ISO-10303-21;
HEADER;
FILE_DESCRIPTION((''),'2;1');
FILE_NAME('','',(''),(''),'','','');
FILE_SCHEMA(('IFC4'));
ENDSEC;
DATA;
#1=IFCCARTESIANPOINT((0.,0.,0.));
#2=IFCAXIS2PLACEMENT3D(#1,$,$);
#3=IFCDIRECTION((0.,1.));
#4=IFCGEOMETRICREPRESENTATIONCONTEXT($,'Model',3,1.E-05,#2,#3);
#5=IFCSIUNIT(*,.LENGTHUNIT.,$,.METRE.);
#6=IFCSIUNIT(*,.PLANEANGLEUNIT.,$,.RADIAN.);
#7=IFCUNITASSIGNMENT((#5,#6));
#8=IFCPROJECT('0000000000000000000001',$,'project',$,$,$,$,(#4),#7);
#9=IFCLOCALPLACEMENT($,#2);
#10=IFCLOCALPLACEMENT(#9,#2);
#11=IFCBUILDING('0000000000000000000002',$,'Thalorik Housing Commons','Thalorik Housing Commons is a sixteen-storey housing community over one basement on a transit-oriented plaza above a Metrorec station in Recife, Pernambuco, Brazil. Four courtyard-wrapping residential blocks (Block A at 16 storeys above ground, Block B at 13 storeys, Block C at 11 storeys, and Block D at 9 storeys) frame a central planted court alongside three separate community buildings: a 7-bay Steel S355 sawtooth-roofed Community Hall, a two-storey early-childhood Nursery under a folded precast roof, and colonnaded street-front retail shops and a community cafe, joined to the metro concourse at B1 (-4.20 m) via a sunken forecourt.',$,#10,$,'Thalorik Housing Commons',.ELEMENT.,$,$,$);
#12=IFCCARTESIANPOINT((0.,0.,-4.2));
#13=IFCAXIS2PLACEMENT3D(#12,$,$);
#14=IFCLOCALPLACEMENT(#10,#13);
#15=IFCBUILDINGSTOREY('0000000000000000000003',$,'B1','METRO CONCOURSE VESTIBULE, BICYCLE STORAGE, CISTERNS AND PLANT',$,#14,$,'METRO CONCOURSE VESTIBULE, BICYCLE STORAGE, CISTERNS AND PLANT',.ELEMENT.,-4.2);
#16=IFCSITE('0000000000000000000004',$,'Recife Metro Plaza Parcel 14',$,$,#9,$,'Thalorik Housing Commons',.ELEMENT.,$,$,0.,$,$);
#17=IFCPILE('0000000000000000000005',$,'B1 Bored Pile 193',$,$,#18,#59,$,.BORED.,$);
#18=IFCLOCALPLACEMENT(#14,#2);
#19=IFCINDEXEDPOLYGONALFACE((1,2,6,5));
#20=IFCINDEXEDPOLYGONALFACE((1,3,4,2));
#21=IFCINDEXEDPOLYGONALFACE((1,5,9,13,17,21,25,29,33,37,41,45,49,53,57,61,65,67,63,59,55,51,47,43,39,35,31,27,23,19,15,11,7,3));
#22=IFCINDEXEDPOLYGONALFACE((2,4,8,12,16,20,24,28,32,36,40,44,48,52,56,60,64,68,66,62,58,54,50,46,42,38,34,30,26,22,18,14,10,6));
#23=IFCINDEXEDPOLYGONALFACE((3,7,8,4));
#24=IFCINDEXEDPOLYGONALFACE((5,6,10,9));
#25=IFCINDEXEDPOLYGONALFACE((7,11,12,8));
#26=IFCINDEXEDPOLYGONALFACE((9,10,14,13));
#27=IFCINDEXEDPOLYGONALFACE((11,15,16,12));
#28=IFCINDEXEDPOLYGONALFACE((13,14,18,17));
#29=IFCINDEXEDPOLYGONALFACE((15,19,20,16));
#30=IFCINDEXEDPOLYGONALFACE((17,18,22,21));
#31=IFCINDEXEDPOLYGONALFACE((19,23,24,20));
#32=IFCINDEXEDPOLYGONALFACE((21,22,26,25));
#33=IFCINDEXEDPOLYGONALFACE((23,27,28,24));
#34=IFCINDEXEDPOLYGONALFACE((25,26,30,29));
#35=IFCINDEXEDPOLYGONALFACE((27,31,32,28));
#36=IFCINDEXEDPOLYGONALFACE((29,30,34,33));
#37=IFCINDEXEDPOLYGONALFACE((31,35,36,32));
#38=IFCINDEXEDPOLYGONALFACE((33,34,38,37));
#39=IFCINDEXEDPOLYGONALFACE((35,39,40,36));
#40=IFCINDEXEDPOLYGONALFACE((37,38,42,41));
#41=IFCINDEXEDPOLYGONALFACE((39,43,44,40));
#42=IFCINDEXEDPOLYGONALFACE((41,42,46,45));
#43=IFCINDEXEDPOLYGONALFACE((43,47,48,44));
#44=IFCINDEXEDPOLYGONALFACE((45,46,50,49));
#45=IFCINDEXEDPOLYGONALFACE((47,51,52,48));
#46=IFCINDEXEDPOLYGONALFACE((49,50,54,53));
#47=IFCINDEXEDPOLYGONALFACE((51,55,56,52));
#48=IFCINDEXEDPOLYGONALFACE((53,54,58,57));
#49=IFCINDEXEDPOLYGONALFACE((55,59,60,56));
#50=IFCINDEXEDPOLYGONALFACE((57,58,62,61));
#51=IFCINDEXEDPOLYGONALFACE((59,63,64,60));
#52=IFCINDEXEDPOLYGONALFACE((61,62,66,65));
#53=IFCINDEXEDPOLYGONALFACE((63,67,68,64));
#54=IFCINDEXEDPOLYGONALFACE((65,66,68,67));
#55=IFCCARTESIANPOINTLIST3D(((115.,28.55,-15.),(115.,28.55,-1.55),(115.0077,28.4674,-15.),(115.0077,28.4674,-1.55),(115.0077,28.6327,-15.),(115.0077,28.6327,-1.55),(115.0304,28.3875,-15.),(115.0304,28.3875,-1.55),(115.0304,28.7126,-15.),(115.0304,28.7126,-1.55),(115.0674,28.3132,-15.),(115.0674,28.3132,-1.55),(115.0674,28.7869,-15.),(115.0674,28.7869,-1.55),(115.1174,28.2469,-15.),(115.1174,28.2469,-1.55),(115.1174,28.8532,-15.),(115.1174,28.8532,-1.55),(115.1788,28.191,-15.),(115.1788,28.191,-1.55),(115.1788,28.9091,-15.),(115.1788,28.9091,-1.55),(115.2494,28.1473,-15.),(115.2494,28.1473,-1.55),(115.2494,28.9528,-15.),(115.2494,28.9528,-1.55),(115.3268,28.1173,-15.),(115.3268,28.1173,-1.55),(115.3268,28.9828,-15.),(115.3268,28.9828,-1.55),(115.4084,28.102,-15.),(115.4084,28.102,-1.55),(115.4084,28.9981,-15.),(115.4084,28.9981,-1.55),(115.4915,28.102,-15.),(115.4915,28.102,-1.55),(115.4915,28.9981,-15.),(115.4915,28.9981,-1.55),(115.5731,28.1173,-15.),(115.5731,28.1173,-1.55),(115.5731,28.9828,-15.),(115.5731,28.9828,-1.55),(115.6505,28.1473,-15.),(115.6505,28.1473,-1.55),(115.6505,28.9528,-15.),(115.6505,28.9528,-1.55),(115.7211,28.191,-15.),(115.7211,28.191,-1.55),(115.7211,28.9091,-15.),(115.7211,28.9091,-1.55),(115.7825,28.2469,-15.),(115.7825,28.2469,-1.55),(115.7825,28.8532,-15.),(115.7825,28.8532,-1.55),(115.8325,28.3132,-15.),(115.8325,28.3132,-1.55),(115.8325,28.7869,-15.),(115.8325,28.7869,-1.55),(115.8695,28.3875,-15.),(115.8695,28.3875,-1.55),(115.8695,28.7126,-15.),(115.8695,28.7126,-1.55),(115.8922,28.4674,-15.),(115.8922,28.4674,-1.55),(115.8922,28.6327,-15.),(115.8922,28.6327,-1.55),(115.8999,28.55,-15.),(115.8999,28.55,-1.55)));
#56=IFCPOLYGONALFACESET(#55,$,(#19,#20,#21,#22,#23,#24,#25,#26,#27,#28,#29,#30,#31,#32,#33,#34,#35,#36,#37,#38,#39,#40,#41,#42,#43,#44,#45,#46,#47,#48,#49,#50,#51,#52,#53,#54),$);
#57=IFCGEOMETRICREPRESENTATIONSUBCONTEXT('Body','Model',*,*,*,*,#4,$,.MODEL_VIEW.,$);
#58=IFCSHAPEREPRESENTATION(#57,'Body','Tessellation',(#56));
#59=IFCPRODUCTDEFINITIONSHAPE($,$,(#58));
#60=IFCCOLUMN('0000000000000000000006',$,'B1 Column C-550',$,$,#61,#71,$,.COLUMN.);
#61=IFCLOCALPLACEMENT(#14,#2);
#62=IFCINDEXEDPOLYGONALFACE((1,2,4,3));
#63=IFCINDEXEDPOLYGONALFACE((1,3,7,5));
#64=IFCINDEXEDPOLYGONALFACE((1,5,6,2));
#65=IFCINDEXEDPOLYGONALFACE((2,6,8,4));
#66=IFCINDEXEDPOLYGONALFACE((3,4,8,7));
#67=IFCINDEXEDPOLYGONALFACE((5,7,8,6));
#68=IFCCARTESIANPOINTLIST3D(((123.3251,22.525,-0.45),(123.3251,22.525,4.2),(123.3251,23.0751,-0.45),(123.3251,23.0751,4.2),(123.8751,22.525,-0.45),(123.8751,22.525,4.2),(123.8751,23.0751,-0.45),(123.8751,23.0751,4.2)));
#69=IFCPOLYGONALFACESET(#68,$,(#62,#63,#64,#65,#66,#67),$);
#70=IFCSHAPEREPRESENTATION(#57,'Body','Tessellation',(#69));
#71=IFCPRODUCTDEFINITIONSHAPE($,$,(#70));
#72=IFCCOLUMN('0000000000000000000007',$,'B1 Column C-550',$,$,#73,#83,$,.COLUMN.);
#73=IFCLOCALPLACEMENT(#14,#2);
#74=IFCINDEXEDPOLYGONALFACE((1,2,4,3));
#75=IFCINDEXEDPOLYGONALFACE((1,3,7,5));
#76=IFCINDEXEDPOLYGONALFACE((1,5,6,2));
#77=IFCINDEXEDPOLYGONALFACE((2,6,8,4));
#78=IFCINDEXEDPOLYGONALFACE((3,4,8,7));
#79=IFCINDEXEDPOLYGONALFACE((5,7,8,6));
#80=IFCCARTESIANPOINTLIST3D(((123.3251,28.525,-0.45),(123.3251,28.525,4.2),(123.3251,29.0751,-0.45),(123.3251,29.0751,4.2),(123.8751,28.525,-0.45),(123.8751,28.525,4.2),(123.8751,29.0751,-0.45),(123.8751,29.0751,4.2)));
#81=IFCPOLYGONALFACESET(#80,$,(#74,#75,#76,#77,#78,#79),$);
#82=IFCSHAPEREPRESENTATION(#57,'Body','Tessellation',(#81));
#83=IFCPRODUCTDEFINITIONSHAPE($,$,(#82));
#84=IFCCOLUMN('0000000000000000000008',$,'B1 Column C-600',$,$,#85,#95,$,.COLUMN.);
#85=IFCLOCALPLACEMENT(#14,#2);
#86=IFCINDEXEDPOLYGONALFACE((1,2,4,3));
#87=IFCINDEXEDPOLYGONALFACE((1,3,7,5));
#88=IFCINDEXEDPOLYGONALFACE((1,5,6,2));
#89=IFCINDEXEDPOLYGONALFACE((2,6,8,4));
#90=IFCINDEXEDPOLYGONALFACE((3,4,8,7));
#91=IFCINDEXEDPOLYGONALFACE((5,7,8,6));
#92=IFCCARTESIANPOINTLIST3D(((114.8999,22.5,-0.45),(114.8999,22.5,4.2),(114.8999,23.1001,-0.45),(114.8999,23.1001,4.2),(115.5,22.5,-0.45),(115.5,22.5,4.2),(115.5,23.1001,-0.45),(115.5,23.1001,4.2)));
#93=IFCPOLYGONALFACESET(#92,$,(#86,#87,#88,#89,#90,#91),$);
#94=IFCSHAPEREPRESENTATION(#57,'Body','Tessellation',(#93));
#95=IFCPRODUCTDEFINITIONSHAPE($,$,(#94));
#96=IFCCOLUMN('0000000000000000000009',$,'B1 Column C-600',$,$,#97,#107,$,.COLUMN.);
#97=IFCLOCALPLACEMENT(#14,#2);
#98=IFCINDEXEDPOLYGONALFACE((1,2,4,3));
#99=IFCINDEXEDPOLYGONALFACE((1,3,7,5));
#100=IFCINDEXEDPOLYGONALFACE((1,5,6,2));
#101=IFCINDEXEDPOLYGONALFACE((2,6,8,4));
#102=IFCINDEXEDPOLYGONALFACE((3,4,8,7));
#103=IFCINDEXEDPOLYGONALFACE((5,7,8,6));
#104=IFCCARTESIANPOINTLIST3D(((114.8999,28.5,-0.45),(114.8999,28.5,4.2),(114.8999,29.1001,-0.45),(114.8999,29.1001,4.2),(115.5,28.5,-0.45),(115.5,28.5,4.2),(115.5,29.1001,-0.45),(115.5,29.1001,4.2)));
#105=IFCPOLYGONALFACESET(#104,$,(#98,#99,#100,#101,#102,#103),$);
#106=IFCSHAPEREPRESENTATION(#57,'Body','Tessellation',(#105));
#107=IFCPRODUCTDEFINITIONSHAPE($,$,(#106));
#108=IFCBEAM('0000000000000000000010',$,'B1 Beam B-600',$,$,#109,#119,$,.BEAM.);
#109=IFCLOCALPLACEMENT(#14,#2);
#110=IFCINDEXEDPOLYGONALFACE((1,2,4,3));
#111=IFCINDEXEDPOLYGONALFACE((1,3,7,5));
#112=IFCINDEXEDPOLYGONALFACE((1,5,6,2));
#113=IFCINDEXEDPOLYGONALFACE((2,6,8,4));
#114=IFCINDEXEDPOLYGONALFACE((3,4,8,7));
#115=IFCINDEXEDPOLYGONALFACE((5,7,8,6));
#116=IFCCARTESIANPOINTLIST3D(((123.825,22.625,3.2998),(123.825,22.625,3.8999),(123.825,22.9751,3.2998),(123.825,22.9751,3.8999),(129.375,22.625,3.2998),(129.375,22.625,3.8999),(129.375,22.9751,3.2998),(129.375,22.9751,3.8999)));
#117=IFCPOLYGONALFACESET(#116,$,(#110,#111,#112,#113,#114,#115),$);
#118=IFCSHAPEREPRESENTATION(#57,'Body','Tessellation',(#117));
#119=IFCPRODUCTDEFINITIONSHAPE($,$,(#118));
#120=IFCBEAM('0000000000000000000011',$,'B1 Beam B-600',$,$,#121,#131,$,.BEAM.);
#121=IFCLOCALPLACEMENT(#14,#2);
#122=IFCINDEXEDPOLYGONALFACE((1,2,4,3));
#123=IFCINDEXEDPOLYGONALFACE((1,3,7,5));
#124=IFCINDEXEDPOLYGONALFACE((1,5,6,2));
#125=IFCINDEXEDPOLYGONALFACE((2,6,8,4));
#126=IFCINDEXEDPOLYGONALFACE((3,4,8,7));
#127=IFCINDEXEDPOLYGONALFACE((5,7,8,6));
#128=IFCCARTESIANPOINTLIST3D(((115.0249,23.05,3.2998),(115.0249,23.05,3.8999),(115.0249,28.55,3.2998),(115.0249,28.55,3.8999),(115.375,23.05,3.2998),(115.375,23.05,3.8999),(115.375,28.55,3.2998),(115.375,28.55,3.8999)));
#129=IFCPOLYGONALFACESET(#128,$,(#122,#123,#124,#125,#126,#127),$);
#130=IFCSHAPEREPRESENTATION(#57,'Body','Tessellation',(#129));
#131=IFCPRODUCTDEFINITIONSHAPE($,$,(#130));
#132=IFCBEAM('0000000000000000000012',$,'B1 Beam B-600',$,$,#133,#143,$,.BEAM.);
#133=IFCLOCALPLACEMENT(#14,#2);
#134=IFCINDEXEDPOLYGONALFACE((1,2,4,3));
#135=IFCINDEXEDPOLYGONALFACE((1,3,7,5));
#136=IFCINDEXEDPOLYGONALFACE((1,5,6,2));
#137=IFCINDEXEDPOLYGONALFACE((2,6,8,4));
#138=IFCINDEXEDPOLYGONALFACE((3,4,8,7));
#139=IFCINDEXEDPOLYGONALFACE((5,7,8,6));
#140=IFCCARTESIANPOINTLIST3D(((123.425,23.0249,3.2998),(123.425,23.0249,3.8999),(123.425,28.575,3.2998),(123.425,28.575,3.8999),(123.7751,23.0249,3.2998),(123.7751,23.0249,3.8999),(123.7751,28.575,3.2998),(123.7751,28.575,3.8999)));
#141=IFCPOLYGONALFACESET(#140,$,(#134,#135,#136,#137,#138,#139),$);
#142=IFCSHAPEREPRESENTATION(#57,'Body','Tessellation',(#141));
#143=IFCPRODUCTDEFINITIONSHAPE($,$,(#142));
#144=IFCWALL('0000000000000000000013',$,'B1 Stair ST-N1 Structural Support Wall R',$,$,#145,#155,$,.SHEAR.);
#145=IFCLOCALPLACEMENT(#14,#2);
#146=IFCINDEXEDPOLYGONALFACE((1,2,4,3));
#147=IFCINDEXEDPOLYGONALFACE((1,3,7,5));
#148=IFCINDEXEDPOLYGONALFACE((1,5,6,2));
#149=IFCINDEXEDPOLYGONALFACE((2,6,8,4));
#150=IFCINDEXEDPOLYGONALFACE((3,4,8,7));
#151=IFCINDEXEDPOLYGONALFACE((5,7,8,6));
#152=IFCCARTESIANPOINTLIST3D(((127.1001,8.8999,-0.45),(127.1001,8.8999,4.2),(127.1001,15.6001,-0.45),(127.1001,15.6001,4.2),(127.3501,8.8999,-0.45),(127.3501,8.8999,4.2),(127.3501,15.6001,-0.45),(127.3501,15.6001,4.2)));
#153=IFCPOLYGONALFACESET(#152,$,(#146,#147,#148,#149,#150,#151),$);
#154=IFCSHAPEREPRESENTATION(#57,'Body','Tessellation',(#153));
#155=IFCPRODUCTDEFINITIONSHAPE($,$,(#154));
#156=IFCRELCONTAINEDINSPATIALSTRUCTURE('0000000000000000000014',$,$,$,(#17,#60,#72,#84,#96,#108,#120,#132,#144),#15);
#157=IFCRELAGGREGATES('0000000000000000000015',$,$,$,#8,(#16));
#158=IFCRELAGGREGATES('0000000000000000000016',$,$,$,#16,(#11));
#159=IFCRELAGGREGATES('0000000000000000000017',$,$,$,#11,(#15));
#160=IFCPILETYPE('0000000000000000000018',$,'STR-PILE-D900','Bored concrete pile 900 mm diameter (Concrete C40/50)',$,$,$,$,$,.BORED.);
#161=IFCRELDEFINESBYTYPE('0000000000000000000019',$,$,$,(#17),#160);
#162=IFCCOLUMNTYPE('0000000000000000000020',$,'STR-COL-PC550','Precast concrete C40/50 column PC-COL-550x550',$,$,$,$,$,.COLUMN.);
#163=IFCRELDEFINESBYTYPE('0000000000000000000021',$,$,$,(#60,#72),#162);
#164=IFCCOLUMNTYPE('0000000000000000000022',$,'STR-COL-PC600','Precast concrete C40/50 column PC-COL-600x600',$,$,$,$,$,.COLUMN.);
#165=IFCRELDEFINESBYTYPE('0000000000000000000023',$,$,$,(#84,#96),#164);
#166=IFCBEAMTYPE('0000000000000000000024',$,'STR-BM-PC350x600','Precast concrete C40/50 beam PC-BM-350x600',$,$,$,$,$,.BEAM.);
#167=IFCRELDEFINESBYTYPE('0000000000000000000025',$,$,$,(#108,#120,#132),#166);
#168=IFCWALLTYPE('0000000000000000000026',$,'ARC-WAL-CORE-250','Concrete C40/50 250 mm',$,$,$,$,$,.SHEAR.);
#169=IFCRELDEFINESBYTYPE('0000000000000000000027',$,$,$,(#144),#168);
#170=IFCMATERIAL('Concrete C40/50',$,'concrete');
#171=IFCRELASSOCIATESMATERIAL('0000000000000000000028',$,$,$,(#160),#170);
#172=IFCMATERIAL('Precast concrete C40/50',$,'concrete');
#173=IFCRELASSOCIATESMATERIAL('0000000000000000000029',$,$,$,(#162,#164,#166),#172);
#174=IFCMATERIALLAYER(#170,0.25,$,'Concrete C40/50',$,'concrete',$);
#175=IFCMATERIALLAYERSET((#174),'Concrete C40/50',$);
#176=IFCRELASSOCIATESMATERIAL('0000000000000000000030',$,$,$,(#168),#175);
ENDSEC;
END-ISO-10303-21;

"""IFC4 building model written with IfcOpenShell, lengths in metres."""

from ifc_helpers import new_model, si_unit, direction, frame, frame_2d, origin, origin_2d, place, context, subcontext, project, spatial, rectangle, circle, extrude, material, layer, layer_set, material_profile, profile_set, type_object, element, save


model = new_model("IFC4")

# Units and contexts
model_context = context("Model", 3, precision=1e-05, world=origin(), true_north=direction((0.0, 1.0)))
body_context = subcontext(model_context, "Body", "Model", "MODEL_VIEW")
ifc_project = project(units=[si_unit("LENGTHUNIT", "METRE"), si_unit("PLANEANGLEUNIT", "RADIAN")], contexts=[model_context])

# Site, building, storey
site_placement = place(None, origin())
site = spatial("IfcSite", under=ifc_project, at=site_placement, Name="Recife Metro Plaza Parcel 14", LongName="Thalorik Housing Commons", CompositionType="ELEMENT", RefElevation=0.0)
building_placement = place(site_placement, origin())
building = spatial("IfcBuilding", under=site, at=building_placement, Name="Thalorik Housing Commons", Description="Thalorik Housing Commons is a sixteen-storey housing community over one basement on a transit-oriented plaza above a Metrorec station in Recife, Pernambuco, Brazil. Four courtyard-wrapping residential blocks (Block A at 16 storeys above ground, Block B at 13 storeys, Block C at 11 storeys, and Block D at 9 storeys) frame a central planted court alongside three separate community buildings: a 7-bay Steel S355 sawtooth-roofed Community Hall, a two-storey early-childhood Nursery under a folded precast roof, and colonnaded street-front retail shops and a community cafe, joined to the metro concourse at B1 (-4.20 m) via a sunken forecourt.", LongName="Thalorik Housing Commons", CompositionType="ELEMENT")
storey_placement = place(building_placement, frame((0.0, 0.0, -4.2)))
storey = spatial("IfcBuildingStorey", under=building, at=storey_placement, Name="B1", Description="METRO CONCOURSE VESTIBULE, BICYCLE STORAGE, CISTERNS AND PLANT", LongName="METRO CONCOURSE VESTIBULE, BICYCLE STORAGE, CISTERNS AND PLANT", CompositionType="ELEMENT", Elevation=-4.2)

# Shared definitions
ifc_material_1 = material(Name="Concrete C40/50", Category="concrete")

# Pile
ifc_material_profile_1 = material_profile(ifc_material_1, circle(Radius=0.45, at=origin_2d()), Name="BORED PILE D900", Category="concrete")
ifc_profile_set_1 = profile_set([ifc_material_profile_1], Name="Concrete C40/50")
pile_type_1 = type_object("IfcPileType", Name="STR-PILE-D900", Description="Bored concrete pile 900 mm diameter (Concrete C40/50)", PredefinedType="BORED", material=ifc_profile_set_1)
pile_placement = place(storey_placement, frame((115.45, 28.55, -1.55), z_axis=(0.0, 0.0, -1.0), x_axis=(1.0, 0.0, 0.0)))
element("IfcPile", 1, at=pile_placement, inside=storey, type_object=pile_type_1, Name="B1 Bored Pile 193", PredefinedType="BORED", context=body_context, shape_type="SweptSolid", body=[
    extrude(circle(Radius=0.45, at=origin_2d()), origin(), (0.0, 0.0, 1.0), 13.45),
])

# Columns
ifc_material_2 = material(Name="Precast concrete C40/50", Category="concrete")
ifc_material_profile_2 = material_profile(ifc_material_2, rectangle(XDim=0.55, YDim=0.55, at=origin_2d()), Name="PC 550x550", Category="concrete")
ifc_profile_set_2 = profile_set([ifc_material_profile_2], Name="Precast concrete C40/50")
column_type_1 = type_object("IfcColumnType", Name="STR-COL-PC550", Description="Precast concrete C40/50 column PC-COL-550x550", PredefinedType="COLUMN", material=ifc_profile_set_2)
for number, where, z_axis, x_axis, name in (
    (2, (123.6001, 22.8, -0.45), (0.0, 0.0, 1.0), (1.0, 0.0, 0.0), "B1 Column C-550"),
    (3, (123.6001, 28.8, -0.45), (0.0, 0.0, 1.0), (1.0, 0.0, 0.0), "B1 Column C-550"),
):
    element("IfcColumn", number, at=place(storey_placement, frame(where, z_axis=z_axis, x_axis=x_axis)), inside=storey, type_object=column_type_1, Name=name, PredefinedType="COLUMN", context=body_context, shape_type="SweptSolid", body=[
        extrude(rectangle(XDim=0.55, YDim=0.55, at=origin_2d()), origin(), (0.0, 0.0, 1.0), 4.6499),
    ])
ifc_material_profile_3 = material_profile(ifc_material_2, rectangle(XDim=0.6001, YDim=0.6001, at=origin_2d()), Name="PC 600x600", Category="concrete")
ifc_profile_set_3 = profile_set([ifc_material_profile_3], Name="Precast concrete C40/50")
column_type_2 = type_object("IfcColumnType", Name="STR-COL-PC600", Description="Precast concrete C40/50 column PC-COL-600x600", PredefinedType="COLUMN", material=ifc_profile_set_3)
for number, where, z_axis, x_axis, name in (
    (4, (115.2, 22.8, -0.45), (0.0, 0.0, 1.0), (1.0, 0.0, 0.0), "B1 Column C-600"),
    (5, (115.2, 28.8, -0.45), (0.0, 0.0, 1.0), (1.0, 0.0, 0.0), "B1 Column C-600"),
):
    element("IfcColumn", number, at=place(storey_placement, frame(where, z_axis=z_axis, x_axis=x_axis)), inside=storey, type_object=column_type_2, Name=name, PredefinedType="COLUMN", context=body_context, shape_type="SweptSolid", body=[
        extrude(rectangle(XDim=0.6001, YDim=0.6001, at=origin_2d()), origin(), (0.0, 0.0, 1.0), 4.6499),
    ])

# Beams
ifc_material_profile_4 = material_profile(ifc_material_2, rectangle(XDim=0.3501, YDim=0.6001, at=origin_2d()), Name="PC 350x600", Category="concrete")
ifc_profile_set_4 = profile_set([ifc_material_profile_4], Name="Precast concrete C40/50")
beam_type = type_object("IfcBeamType", Name="STR-BM-PC350x600", Description="Precast concrete C40/50 beam PC-BM-350x600", PredefinedType="BEAM", material=ifc_profile_set_4)
beam_1_placement = place(storey_placement, frame((123.825, 22.8, 3.5999), z_axis=(1.0, 0.0, 0.0), x_axis=(0.0, 1.0, 0.0)))
element("IfcBeam", 6, at=beam_1_placement, inside=storey, type_object=beam_type, Name="B1 Beam B-600", PredefinedType="BEAM", context=body_context, shape_type="SweptSolid", body=[
    extrude(rectangle(XDim=0.3501, YDim=0.6001, at=origin_2d()), origin(), (0.0, 0.0, 1.0), 5.55),
])
beam_2_placement = place(storey_placement, frame((115.2, 23.05, 3.5999), z_axis=(0.0, 1.0, 0.0), x_axis=(-1.0, 0.0, 0.0)))
element("IfcBeam", 7, at=beam_2_placement, inside=storey, type_object=beam_type, Name="B1 Beam B-600", PredefinedType="BEAM", context=body_context, shape_type="SweptSolid", body=[
    extrude(rectangle(XDim=0.3501, YDim=0.6001, at=origin_2d()), origin(), (0.0, 0.0, 1.0), 5.5),
])
beam_3_placement = place(storey_placement, frame((123.6001, 23.0249, 3.5999), z_axis=(0.0, 1.0, 0.0), x_axis=(-1.0, 0.0, 0.0)))
element("IfcBeam", 8, at=beam_3_placement, inside=storey, type_object=beam_type, Name="B1 Beam B-600", PredefinedType="BEAM", context=body_context, shape_type="SweptSolid", body=[
    extrude(rectangle(XDim=0.3501, YDim=0.6001, at=origin_2d()), origin(), (0.0, 0.0, 1.0), 5.55),
])

# Wall
ifc_layer = layer(ifc_material_1, 0.25, Name="Concrete C40/50", Category="concrete")
ifc_layer_set = layer_set([ifc_layer], Name="Concrete C40/50")
wall_type = type_object("IfcWallType", Name="ARC-WAL-CORE-250", Description="Concrete C40/50 250 mm", PredefinedType="SHEAR", material=ifc_layer_set)
wall_placement = place(storey_placement, frame((127.2251, 15.6001, -0.45), z_axis=(0.0, 0.0, 1.0), x_axis=(0.0, -1.0, 0.0)))
element("IfcWall", 9, at=wall_placement, inside=storey, type_object=wall_type, Name="B1 Stair ST-N1 Structural Support Wall R", PredefinedType="SHEAR", context=body_context, shape_type="SweptSolid", body=[
    extrude(rectangle(XDim=6.7002, YDim=0.25, at=frame_2d((3.3501, 0.0))), origin(), (0.0, 0.0, 1.0), 4.6499),
])

save(model, "model.ifc")
